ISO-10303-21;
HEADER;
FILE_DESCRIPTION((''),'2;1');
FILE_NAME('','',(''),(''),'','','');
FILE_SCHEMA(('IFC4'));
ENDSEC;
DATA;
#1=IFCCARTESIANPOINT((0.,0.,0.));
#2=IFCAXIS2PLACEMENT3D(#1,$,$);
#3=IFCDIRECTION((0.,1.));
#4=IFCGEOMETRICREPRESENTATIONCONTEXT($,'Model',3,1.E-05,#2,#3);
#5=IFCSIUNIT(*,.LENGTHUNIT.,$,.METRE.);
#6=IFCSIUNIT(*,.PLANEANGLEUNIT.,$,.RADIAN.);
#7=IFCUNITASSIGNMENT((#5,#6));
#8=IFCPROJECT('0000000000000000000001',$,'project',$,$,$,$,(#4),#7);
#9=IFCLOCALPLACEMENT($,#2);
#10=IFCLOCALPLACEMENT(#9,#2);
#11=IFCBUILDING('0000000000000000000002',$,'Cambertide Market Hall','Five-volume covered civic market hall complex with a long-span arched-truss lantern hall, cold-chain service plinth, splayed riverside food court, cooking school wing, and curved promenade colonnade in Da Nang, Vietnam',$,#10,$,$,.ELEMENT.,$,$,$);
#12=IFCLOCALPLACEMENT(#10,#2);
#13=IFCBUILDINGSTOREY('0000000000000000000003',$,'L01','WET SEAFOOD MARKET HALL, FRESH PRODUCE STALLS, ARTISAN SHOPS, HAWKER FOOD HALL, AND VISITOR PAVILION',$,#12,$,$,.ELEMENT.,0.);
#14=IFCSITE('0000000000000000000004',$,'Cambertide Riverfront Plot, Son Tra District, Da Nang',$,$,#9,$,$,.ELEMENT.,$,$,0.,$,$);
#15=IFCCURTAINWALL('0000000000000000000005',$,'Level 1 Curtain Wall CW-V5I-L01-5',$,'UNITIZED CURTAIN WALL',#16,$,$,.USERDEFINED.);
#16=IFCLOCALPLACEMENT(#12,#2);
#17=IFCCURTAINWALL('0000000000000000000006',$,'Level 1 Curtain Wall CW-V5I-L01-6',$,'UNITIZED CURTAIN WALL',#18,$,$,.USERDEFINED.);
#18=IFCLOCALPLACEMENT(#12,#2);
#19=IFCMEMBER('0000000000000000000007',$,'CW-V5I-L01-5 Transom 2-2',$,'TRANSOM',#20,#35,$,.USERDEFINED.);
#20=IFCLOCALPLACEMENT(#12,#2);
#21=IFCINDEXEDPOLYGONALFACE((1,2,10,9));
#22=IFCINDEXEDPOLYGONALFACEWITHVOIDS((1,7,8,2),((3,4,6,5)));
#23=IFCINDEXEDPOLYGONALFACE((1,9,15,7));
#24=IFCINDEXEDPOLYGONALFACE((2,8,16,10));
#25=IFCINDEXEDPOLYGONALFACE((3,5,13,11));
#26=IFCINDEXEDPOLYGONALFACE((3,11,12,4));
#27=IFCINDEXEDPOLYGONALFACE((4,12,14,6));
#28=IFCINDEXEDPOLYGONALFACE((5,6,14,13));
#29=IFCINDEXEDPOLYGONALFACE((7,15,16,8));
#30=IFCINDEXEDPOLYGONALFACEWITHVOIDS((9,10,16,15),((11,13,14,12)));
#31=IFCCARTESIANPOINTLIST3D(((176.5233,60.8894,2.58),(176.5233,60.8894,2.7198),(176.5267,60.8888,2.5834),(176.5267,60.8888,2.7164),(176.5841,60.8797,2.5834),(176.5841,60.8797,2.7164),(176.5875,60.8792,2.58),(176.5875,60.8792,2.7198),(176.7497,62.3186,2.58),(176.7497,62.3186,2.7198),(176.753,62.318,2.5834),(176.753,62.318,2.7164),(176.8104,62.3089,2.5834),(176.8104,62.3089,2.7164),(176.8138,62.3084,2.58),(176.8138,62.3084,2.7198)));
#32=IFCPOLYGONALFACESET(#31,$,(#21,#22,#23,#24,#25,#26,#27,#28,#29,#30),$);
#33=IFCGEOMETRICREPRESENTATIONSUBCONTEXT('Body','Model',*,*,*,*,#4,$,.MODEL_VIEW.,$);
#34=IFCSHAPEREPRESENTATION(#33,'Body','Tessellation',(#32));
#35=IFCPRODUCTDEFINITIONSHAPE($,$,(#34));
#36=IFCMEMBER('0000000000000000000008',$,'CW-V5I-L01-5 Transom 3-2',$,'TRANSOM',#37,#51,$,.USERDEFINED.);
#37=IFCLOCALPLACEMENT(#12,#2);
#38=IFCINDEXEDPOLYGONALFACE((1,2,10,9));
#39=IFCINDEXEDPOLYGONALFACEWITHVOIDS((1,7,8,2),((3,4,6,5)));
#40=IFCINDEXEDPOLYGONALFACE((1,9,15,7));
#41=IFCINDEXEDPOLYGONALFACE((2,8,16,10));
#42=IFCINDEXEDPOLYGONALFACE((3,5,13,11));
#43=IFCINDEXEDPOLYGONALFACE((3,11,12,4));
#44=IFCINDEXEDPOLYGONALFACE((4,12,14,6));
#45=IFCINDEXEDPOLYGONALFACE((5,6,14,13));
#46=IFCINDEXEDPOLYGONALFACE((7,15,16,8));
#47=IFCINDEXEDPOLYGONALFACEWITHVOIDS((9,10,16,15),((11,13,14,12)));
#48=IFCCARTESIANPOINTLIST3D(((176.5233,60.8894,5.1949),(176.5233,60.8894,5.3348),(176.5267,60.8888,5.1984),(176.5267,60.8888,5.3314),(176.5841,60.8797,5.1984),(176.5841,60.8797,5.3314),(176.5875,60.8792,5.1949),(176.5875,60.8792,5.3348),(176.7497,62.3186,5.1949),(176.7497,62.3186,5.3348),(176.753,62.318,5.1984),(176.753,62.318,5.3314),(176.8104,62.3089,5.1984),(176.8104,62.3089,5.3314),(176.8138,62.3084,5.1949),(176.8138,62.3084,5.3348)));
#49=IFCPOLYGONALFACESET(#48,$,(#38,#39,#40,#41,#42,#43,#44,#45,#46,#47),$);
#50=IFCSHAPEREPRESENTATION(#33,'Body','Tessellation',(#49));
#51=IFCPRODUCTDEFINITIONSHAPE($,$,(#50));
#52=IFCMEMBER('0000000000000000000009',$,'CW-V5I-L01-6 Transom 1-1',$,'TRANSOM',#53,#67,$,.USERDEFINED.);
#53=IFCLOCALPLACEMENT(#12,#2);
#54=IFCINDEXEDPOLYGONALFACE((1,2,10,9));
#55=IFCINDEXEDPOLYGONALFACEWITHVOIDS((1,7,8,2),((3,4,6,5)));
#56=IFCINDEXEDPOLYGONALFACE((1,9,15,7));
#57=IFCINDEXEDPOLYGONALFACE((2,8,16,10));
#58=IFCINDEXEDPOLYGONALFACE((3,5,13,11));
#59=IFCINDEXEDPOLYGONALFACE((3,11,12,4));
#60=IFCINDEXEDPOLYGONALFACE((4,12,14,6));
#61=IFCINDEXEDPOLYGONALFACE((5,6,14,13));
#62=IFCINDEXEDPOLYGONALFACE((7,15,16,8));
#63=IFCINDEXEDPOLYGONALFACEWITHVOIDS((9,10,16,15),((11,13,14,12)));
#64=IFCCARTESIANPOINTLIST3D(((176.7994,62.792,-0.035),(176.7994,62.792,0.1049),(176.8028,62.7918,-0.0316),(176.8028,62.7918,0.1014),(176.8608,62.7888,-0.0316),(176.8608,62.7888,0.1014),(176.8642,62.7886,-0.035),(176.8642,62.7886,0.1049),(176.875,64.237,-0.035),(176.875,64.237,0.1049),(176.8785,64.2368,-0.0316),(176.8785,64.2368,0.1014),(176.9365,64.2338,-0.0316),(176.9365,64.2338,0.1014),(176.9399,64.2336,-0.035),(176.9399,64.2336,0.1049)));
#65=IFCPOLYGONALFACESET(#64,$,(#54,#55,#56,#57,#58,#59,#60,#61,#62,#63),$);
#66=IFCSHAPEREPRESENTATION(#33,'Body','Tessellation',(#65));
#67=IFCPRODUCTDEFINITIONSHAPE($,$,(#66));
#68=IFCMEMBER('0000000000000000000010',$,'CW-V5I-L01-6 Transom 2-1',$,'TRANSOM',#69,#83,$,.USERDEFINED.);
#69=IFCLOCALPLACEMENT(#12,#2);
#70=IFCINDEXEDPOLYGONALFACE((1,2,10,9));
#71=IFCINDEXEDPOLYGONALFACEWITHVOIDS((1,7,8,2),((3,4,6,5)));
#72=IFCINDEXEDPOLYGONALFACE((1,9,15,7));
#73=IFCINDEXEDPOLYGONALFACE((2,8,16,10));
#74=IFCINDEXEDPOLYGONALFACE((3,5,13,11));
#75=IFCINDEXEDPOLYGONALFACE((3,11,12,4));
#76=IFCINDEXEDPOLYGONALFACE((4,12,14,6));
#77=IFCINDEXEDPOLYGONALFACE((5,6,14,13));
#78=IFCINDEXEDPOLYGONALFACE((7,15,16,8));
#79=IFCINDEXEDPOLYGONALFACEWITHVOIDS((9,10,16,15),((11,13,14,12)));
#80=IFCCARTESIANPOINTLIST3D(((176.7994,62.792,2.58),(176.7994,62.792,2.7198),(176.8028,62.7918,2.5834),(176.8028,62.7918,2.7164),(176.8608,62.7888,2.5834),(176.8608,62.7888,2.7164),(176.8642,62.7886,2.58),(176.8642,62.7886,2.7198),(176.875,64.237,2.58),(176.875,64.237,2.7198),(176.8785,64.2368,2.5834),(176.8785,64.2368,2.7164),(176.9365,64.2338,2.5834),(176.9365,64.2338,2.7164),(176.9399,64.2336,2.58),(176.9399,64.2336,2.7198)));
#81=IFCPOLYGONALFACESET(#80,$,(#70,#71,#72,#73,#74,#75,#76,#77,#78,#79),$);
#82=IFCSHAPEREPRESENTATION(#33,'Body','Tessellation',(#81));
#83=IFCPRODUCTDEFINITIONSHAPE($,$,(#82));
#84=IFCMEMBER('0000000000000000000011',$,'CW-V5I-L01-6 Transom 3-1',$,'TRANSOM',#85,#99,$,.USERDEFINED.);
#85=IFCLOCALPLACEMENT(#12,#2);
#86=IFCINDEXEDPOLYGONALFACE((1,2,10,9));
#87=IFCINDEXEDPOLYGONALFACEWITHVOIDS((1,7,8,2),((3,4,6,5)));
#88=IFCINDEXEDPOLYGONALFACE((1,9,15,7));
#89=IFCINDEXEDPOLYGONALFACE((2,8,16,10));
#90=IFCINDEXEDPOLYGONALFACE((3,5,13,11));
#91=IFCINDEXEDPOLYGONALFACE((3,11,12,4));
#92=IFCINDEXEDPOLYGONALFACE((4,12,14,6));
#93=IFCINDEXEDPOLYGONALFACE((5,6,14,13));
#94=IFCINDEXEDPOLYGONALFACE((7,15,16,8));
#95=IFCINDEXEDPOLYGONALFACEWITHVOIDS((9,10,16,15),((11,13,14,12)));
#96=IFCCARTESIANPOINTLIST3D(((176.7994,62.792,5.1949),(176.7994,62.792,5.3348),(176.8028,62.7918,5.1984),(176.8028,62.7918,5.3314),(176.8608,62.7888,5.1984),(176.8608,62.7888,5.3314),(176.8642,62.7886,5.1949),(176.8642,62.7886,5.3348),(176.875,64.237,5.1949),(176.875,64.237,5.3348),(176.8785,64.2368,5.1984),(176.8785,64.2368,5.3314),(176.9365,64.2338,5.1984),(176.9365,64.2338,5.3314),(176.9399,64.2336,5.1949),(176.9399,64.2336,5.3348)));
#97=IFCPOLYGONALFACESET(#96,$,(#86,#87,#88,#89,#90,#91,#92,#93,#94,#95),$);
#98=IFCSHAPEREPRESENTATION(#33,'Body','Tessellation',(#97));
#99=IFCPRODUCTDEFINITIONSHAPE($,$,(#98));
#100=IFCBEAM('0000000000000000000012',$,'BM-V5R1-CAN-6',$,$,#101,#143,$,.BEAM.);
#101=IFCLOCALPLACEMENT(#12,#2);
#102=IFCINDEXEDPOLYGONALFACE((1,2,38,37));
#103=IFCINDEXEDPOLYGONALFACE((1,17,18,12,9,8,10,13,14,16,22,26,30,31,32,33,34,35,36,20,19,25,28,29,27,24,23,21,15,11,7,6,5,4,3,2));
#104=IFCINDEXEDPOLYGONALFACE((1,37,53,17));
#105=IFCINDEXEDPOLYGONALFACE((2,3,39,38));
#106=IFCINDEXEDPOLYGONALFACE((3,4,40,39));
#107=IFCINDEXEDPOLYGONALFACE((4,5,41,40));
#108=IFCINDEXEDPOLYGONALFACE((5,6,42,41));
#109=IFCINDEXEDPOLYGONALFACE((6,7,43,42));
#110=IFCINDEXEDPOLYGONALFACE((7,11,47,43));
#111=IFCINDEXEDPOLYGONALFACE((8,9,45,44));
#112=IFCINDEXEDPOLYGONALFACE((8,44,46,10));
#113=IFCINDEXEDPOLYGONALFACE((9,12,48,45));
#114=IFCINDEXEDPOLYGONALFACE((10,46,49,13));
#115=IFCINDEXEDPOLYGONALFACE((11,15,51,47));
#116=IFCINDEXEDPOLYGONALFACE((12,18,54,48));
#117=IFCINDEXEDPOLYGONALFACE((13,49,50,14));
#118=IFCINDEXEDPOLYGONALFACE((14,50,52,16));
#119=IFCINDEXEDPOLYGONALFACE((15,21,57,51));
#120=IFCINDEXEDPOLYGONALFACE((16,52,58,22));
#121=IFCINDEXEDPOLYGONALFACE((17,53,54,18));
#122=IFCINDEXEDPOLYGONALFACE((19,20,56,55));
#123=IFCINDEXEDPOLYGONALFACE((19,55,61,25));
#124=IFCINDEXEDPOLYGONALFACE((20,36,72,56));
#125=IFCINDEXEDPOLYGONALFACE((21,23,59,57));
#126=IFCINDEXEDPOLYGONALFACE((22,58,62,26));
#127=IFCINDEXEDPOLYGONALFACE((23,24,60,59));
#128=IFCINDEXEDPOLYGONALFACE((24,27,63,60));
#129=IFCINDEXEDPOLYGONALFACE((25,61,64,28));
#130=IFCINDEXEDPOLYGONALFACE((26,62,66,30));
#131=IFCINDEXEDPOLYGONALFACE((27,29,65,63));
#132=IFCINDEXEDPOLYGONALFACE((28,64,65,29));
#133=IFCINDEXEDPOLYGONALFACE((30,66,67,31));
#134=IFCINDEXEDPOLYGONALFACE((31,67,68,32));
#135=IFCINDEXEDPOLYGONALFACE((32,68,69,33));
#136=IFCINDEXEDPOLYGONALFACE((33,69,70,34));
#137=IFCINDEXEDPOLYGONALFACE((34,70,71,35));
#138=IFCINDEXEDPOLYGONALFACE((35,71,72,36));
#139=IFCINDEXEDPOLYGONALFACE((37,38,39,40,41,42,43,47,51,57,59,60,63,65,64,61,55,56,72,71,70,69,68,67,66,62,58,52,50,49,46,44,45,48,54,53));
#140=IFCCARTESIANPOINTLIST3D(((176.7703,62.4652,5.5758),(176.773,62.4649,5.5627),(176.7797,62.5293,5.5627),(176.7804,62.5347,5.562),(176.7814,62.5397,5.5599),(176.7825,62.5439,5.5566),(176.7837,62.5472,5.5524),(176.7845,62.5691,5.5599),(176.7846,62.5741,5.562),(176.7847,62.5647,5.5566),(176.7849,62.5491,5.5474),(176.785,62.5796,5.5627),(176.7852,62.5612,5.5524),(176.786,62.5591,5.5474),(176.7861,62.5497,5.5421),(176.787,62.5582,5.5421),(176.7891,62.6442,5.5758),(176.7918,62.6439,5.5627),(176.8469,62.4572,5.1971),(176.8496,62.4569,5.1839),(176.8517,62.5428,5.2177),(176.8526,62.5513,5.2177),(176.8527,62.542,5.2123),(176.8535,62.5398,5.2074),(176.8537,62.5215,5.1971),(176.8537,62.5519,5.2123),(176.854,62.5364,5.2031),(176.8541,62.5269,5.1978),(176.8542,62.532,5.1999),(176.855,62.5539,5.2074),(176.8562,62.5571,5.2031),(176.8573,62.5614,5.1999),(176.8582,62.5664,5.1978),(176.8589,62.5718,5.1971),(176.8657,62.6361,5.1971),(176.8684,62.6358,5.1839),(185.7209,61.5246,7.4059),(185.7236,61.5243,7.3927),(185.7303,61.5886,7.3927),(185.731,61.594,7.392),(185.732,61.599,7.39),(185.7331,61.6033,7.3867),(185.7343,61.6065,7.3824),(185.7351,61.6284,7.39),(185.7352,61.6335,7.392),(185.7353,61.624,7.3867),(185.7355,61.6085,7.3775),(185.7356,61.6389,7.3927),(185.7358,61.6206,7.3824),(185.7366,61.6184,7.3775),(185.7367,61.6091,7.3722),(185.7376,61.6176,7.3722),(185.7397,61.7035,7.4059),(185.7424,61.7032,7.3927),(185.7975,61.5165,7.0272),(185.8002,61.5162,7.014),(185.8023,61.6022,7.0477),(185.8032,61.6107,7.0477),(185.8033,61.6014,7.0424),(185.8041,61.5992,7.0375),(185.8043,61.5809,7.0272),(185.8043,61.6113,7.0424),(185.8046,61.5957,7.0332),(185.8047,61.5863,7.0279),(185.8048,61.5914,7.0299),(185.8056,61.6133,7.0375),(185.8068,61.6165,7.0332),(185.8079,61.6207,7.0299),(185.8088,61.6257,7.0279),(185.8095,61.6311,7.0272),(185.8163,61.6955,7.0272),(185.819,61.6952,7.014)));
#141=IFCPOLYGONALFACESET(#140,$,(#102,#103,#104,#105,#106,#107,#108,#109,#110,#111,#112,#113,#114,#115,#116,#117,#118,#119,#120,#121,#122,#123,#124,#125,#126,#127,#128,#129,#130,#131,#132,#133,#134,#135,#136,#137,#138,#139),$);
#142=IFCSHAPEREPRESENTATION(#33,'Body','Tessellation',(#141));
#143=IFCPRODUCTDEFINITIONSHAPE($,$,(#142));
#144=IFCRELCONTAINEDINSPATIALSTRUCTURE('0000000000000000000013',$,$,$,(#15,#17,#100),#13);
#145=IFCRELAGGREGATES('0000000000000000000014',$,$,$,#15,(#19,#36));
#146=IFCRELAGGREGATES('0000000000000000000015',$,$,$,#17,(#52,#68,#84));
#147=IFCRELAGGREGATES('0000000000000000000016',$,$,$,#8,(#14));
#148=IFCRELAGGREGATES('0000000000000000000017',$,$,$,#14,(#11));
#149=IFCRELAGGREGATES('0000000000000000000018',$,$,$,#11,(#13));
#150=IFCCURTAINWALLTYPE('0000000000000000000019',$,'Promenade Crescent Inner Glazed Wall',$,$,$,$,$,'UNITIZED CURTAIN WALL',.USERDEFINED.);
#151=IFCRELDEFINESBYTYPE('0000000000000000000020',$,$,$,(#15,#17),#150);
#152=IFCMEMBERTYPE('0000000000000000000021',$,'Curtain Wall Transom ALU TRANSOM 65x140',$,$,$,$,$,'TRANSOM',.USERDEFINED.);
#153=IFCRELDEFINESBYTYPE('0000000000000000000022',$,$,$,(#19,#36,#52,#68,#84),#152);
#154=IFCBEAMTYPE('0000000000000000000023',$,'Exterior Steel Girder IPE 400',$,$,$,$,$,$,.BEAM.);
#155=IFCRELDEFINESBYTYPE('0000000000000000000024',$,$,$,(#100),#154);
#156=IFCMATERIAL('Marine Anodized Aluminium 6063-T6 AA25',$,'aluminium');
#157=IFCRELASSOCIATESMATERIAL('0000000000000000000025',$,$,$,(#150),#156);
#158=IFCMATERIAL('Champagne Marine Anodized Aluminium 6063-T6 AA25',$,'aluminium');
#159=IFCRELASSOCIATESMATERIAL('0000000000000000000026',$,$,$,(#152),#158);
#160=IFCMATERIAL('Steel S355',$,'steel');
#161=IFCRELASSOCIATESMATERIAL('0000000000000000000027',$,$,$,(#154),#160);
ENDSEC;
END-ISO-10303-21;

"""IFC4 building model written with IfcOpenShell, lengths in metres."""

from ifc_helpers import new_model, si_unit, direction, frame, origin, origin_2d, place, context, subcontext, project, spatial, hollow_rectangle, i_section, extrude, material, material_profile, profile_set, type_object, element, aggregate, save


model = new_model("IFC4")

# Units and contexts
model_context = context("Model", 3, precision=1e-05, world=origin(), true_north=direction((0.0, 1.0)))
body_context = subcontext(model_context, "Body", "Model", "MODEL_VIEW")
ifc_project = project(units=[si_unit("LENGTHUNIT", "METRE"), si_unit("PLANEANGLEUNIT", "RADIAN")], contexts=[model_context])

# Site, building, storey
site_placement = place(None, origin())
site = spatial("IfcSite", under=ifc_project, at=site_placement, Name="Cambertide Riverfront Plot, Son Tra District, Da Nang", CompositionType="ELEMENT", RefElevation=0.0)
building_placement = place(site_placement, origin())
building = spatial("IfcBuilding", under=site, at=building_placement, Name="Cambertide Market Hall", Description="Five-volume covered civic market hall complex with a long-span arched-truss lantern hall, cold-chain service plinth, splayed riverside food court, cooking school wing, and curved promenade colonnade in Da Nang, Vietnam", CompositionType="ELEMENT")
storey_placement = place(building_placement, origin())
storey = spatial("IfcBuildingStorey", under=building, at=storey_placement, Name="L01", Description="WET SEAFOOD MARKET HALL, FRESH PRODUCE STALLS, ARTISAN SHOPS, HAWKER FOOD HALL, AND VISITOR PAVILION", CompositionType="ELEMENT", Elevation=0.0)

# Curtain walls
ifc_material_1 = material(Name="Marine Anodized Aluminium 6063-T6 AA25", Category="aluminium")
curtain_wall_type_1 = type_object("IfcCurtainWallType", Name="Promenade Crescent Inner Glazed Wall", ElementType="UNITIZED CURTAIN WALL", PredefinedType="USERDEFINED", material=ifc_material_1)
curtain_wall_1_placement = place(storey_placement, origin())
curtain_wall_1 = element("IfcCurtainWall", 1, at=curtain_wall_1_placement, inside=storey, type_object=curtain_wall_type_1, Name="Level 1 Curtain Wall CW-V5I-L01-5", ObjectType="UNITIZED CURTAIN WALL", PredefinedType="USERDEFINED")
curtain_wall_2_placement = place(storey_placement, origin())
curtain_wall_2 = element("IfcCurtainWall", 2, at=curtain_wall_2_placement, inside=storey, type_object=curtain_wall_type_1, Name="Level 1 Curtain Wall CW-V5I-L01-6", ObjectType="UNITIZED CURTAIN WALL", PredefinedType="USERDEFINED")
ifc_material_2 = material(Name="Champagne Marine Anodized Aluminium 6063-T6 AA25", Category="aluminium")
ifc_material_profile_1 = material_profile(ifc_material_2, hollow_rectangle(XDim=0.0649, YDim=0.1399, WallThickness=0.0034, at=origin_2d()), Name="ALU TRANSOM 65x140")
ifc_profile_set_1 = profile_set([ifc_material_profile_1], Name="Champagne Marine Anodized Aluminium 6063-T6 AA25")
member_type_1 = type_object("IfcMemberType", Name="Curtain Wall Transom ALU TRANSOM 65x140", ElementType="TRANSOM", PredefinedType="USERDEFINED", material=ifc_profile_set_1)

# Members
member_1_placement = place(storey_placement, frame((176.5554, 60.8843, 2.6499), z_axis=(0.156404, 0.987693, 0.0), x_axis=(-0.987693, 0.156404, 0.0)))
member_1 = element("IfcMember", 3, at=member_1_placement, type_object=member_type_1, Name="CW-V5I-L01-5 Transom 2-2", ObjectType="TRANSOM", PredefinedType="USERDEFINED", context=body_context, shape_type="SweptSolid", body=[
    extrude(hollow_rectangle(XDim=0.0649, YDim=0.1399, WallThickness=0.0034, at=origin_2d()), origin(), (0.0, 0.0, 1.0), 1.447),
])
member_2_placement = place(storey_placement, frame((176.5554, 60.8843, 5.2649), z_axis=(0.156404, 0.987693, 0.0), x_axis=(-0.987693, 0.156404, 0.0)))
member_2 = element("IfcMember", 4, at=member_2_placement, type_object=member_type_1, Name="CW-V5I-L01-5 Transom 3-2", ObjectType="TRANSOM", PredefinedType="USERDEFINED", context=body_context, shape_type="SweptSolid", body=[
    extrude(hollow_rectangle(XDim=0.0649, YDim=0.1399, WallThickness=0.0034, at=origin_2d()), origin(), (0.0, 0.0, 1.0), 1.447),
])
member_3_placement = place(storey_placement, frame((176.8318, 62.7903, 0.0349), z_axis=(0.052302, 0.998631, 0.0), x_axis=(-0.998631, 0.052302, 0.0)))
member_3 = element("IfcMember", 5, at=member_3_placement, type_object=member_type_1, Name="CW-V5I-L01-6 Transom 1-1", ObjectType="TRANSOM", PredefinedType="USERDEFINED", context=body_context, shape_type="SweptSolid", body=[
    extrude(hollow_rectangle(XDim=0.0649, YDim=0.1399, WallThickness=0.0034, at=origin_2d()), origin(), (0.0, 0.0, 1.0), 1.447),
])
member_4_placement = place(storey_placement, frame((176.8318, 62.7903, 2.6499), z_axis=(0.052302, 0.998631, 0.0), x_axis=(-0.998631, 0.052302, 0.0)))
member_4 = element("IfcMember", 6, at=member_4_placement, type_object=member_type_1, Name="CW-V5I-L01-6 Transom 2-1", ObjectType="TRANSOM", PredefinedType="USERDEFINED", context=body_context, shape_type="SweptSolid", body=[
    extrude(hollow_rectangle(XDim=0.0649, YDim=0.1399, WallThickness=0.0034, at=origin_2d()), origin(), (0.0, 0.0, 1.0), 1.447),
])
member_5_placement = place(storey_placement, frame((176.8318, 62.7903, 5.2649), z_axis=(0.052302, 0.998631, 0.0), x_axis=(-0.998631, 0.052302, 0.0)))
member_5 = element("IfcMember", 7, at=member_5_placement, type_object=member_type_1, Name="CW-V5I-L01-6 Transom 3-1", ObjectType="TRANSOM", PredefinedType="USERDEFINED", context=body_context, shape_type="SweptSolid", body=[
    extrude(hollow_rectangle(XDim=0.0649, YDim=0.1399, WallThickness=0.0034, at=origin_2d()), origin(), (0.0, 0.0, 1.0), 1.447),
])

# Beam
ifc_material_3 = material(Name="Steel S355", Category="steel")
ifc_material_profile_2 = material_profile(ifc_material_3, i_section(OverallWidth=0.1799, OverallDepth=0.3999, WebThickness=0.0085, FlangeThickness=0.0134, FilletRadius=0.021, at=origin_2d()), Name="IPE 400")
ifc_profile_set_2 = profile_set([ifc_material_profile_2], Name="Steel S355")
beam_type_1 = type_object("IfcBeamType", Name="Exterior Steel Girder IPE 400", PredefinedType="BEAM", material=ifc_profile_set_2)
beam_1_placement = place(storey_placement, frame((176.8193, 62.5505, 5.3799), z_axis=(0.974578, -0.102424, 0.199265), x_axis=(0.10452, 0.994523, 0.0)))
element("IfcBeam", 8, at=beam_1_placement, inside=storey, type_object=beam_type_1, Name="BM-V5R1-CAN-6", PredefinedType="BEAM", context=body_context, shape_type="SweptSolid", body=[
    extrude(i_section(OverallWidth=0.1799, OverallDepth=0.3999, WebThickness=0.0085, FlangeThickness=0.0134, FilletRadius=0.021, at=origin_2d()), origin(), (0.0, 0.0, 1.0), 9.1841),
])

aggregate(curtain_wall_1, [member_1, member_2])
aggregate(curtain_wall_2, [member_3, member_4, member_5])

save(model, "model.ifc")
